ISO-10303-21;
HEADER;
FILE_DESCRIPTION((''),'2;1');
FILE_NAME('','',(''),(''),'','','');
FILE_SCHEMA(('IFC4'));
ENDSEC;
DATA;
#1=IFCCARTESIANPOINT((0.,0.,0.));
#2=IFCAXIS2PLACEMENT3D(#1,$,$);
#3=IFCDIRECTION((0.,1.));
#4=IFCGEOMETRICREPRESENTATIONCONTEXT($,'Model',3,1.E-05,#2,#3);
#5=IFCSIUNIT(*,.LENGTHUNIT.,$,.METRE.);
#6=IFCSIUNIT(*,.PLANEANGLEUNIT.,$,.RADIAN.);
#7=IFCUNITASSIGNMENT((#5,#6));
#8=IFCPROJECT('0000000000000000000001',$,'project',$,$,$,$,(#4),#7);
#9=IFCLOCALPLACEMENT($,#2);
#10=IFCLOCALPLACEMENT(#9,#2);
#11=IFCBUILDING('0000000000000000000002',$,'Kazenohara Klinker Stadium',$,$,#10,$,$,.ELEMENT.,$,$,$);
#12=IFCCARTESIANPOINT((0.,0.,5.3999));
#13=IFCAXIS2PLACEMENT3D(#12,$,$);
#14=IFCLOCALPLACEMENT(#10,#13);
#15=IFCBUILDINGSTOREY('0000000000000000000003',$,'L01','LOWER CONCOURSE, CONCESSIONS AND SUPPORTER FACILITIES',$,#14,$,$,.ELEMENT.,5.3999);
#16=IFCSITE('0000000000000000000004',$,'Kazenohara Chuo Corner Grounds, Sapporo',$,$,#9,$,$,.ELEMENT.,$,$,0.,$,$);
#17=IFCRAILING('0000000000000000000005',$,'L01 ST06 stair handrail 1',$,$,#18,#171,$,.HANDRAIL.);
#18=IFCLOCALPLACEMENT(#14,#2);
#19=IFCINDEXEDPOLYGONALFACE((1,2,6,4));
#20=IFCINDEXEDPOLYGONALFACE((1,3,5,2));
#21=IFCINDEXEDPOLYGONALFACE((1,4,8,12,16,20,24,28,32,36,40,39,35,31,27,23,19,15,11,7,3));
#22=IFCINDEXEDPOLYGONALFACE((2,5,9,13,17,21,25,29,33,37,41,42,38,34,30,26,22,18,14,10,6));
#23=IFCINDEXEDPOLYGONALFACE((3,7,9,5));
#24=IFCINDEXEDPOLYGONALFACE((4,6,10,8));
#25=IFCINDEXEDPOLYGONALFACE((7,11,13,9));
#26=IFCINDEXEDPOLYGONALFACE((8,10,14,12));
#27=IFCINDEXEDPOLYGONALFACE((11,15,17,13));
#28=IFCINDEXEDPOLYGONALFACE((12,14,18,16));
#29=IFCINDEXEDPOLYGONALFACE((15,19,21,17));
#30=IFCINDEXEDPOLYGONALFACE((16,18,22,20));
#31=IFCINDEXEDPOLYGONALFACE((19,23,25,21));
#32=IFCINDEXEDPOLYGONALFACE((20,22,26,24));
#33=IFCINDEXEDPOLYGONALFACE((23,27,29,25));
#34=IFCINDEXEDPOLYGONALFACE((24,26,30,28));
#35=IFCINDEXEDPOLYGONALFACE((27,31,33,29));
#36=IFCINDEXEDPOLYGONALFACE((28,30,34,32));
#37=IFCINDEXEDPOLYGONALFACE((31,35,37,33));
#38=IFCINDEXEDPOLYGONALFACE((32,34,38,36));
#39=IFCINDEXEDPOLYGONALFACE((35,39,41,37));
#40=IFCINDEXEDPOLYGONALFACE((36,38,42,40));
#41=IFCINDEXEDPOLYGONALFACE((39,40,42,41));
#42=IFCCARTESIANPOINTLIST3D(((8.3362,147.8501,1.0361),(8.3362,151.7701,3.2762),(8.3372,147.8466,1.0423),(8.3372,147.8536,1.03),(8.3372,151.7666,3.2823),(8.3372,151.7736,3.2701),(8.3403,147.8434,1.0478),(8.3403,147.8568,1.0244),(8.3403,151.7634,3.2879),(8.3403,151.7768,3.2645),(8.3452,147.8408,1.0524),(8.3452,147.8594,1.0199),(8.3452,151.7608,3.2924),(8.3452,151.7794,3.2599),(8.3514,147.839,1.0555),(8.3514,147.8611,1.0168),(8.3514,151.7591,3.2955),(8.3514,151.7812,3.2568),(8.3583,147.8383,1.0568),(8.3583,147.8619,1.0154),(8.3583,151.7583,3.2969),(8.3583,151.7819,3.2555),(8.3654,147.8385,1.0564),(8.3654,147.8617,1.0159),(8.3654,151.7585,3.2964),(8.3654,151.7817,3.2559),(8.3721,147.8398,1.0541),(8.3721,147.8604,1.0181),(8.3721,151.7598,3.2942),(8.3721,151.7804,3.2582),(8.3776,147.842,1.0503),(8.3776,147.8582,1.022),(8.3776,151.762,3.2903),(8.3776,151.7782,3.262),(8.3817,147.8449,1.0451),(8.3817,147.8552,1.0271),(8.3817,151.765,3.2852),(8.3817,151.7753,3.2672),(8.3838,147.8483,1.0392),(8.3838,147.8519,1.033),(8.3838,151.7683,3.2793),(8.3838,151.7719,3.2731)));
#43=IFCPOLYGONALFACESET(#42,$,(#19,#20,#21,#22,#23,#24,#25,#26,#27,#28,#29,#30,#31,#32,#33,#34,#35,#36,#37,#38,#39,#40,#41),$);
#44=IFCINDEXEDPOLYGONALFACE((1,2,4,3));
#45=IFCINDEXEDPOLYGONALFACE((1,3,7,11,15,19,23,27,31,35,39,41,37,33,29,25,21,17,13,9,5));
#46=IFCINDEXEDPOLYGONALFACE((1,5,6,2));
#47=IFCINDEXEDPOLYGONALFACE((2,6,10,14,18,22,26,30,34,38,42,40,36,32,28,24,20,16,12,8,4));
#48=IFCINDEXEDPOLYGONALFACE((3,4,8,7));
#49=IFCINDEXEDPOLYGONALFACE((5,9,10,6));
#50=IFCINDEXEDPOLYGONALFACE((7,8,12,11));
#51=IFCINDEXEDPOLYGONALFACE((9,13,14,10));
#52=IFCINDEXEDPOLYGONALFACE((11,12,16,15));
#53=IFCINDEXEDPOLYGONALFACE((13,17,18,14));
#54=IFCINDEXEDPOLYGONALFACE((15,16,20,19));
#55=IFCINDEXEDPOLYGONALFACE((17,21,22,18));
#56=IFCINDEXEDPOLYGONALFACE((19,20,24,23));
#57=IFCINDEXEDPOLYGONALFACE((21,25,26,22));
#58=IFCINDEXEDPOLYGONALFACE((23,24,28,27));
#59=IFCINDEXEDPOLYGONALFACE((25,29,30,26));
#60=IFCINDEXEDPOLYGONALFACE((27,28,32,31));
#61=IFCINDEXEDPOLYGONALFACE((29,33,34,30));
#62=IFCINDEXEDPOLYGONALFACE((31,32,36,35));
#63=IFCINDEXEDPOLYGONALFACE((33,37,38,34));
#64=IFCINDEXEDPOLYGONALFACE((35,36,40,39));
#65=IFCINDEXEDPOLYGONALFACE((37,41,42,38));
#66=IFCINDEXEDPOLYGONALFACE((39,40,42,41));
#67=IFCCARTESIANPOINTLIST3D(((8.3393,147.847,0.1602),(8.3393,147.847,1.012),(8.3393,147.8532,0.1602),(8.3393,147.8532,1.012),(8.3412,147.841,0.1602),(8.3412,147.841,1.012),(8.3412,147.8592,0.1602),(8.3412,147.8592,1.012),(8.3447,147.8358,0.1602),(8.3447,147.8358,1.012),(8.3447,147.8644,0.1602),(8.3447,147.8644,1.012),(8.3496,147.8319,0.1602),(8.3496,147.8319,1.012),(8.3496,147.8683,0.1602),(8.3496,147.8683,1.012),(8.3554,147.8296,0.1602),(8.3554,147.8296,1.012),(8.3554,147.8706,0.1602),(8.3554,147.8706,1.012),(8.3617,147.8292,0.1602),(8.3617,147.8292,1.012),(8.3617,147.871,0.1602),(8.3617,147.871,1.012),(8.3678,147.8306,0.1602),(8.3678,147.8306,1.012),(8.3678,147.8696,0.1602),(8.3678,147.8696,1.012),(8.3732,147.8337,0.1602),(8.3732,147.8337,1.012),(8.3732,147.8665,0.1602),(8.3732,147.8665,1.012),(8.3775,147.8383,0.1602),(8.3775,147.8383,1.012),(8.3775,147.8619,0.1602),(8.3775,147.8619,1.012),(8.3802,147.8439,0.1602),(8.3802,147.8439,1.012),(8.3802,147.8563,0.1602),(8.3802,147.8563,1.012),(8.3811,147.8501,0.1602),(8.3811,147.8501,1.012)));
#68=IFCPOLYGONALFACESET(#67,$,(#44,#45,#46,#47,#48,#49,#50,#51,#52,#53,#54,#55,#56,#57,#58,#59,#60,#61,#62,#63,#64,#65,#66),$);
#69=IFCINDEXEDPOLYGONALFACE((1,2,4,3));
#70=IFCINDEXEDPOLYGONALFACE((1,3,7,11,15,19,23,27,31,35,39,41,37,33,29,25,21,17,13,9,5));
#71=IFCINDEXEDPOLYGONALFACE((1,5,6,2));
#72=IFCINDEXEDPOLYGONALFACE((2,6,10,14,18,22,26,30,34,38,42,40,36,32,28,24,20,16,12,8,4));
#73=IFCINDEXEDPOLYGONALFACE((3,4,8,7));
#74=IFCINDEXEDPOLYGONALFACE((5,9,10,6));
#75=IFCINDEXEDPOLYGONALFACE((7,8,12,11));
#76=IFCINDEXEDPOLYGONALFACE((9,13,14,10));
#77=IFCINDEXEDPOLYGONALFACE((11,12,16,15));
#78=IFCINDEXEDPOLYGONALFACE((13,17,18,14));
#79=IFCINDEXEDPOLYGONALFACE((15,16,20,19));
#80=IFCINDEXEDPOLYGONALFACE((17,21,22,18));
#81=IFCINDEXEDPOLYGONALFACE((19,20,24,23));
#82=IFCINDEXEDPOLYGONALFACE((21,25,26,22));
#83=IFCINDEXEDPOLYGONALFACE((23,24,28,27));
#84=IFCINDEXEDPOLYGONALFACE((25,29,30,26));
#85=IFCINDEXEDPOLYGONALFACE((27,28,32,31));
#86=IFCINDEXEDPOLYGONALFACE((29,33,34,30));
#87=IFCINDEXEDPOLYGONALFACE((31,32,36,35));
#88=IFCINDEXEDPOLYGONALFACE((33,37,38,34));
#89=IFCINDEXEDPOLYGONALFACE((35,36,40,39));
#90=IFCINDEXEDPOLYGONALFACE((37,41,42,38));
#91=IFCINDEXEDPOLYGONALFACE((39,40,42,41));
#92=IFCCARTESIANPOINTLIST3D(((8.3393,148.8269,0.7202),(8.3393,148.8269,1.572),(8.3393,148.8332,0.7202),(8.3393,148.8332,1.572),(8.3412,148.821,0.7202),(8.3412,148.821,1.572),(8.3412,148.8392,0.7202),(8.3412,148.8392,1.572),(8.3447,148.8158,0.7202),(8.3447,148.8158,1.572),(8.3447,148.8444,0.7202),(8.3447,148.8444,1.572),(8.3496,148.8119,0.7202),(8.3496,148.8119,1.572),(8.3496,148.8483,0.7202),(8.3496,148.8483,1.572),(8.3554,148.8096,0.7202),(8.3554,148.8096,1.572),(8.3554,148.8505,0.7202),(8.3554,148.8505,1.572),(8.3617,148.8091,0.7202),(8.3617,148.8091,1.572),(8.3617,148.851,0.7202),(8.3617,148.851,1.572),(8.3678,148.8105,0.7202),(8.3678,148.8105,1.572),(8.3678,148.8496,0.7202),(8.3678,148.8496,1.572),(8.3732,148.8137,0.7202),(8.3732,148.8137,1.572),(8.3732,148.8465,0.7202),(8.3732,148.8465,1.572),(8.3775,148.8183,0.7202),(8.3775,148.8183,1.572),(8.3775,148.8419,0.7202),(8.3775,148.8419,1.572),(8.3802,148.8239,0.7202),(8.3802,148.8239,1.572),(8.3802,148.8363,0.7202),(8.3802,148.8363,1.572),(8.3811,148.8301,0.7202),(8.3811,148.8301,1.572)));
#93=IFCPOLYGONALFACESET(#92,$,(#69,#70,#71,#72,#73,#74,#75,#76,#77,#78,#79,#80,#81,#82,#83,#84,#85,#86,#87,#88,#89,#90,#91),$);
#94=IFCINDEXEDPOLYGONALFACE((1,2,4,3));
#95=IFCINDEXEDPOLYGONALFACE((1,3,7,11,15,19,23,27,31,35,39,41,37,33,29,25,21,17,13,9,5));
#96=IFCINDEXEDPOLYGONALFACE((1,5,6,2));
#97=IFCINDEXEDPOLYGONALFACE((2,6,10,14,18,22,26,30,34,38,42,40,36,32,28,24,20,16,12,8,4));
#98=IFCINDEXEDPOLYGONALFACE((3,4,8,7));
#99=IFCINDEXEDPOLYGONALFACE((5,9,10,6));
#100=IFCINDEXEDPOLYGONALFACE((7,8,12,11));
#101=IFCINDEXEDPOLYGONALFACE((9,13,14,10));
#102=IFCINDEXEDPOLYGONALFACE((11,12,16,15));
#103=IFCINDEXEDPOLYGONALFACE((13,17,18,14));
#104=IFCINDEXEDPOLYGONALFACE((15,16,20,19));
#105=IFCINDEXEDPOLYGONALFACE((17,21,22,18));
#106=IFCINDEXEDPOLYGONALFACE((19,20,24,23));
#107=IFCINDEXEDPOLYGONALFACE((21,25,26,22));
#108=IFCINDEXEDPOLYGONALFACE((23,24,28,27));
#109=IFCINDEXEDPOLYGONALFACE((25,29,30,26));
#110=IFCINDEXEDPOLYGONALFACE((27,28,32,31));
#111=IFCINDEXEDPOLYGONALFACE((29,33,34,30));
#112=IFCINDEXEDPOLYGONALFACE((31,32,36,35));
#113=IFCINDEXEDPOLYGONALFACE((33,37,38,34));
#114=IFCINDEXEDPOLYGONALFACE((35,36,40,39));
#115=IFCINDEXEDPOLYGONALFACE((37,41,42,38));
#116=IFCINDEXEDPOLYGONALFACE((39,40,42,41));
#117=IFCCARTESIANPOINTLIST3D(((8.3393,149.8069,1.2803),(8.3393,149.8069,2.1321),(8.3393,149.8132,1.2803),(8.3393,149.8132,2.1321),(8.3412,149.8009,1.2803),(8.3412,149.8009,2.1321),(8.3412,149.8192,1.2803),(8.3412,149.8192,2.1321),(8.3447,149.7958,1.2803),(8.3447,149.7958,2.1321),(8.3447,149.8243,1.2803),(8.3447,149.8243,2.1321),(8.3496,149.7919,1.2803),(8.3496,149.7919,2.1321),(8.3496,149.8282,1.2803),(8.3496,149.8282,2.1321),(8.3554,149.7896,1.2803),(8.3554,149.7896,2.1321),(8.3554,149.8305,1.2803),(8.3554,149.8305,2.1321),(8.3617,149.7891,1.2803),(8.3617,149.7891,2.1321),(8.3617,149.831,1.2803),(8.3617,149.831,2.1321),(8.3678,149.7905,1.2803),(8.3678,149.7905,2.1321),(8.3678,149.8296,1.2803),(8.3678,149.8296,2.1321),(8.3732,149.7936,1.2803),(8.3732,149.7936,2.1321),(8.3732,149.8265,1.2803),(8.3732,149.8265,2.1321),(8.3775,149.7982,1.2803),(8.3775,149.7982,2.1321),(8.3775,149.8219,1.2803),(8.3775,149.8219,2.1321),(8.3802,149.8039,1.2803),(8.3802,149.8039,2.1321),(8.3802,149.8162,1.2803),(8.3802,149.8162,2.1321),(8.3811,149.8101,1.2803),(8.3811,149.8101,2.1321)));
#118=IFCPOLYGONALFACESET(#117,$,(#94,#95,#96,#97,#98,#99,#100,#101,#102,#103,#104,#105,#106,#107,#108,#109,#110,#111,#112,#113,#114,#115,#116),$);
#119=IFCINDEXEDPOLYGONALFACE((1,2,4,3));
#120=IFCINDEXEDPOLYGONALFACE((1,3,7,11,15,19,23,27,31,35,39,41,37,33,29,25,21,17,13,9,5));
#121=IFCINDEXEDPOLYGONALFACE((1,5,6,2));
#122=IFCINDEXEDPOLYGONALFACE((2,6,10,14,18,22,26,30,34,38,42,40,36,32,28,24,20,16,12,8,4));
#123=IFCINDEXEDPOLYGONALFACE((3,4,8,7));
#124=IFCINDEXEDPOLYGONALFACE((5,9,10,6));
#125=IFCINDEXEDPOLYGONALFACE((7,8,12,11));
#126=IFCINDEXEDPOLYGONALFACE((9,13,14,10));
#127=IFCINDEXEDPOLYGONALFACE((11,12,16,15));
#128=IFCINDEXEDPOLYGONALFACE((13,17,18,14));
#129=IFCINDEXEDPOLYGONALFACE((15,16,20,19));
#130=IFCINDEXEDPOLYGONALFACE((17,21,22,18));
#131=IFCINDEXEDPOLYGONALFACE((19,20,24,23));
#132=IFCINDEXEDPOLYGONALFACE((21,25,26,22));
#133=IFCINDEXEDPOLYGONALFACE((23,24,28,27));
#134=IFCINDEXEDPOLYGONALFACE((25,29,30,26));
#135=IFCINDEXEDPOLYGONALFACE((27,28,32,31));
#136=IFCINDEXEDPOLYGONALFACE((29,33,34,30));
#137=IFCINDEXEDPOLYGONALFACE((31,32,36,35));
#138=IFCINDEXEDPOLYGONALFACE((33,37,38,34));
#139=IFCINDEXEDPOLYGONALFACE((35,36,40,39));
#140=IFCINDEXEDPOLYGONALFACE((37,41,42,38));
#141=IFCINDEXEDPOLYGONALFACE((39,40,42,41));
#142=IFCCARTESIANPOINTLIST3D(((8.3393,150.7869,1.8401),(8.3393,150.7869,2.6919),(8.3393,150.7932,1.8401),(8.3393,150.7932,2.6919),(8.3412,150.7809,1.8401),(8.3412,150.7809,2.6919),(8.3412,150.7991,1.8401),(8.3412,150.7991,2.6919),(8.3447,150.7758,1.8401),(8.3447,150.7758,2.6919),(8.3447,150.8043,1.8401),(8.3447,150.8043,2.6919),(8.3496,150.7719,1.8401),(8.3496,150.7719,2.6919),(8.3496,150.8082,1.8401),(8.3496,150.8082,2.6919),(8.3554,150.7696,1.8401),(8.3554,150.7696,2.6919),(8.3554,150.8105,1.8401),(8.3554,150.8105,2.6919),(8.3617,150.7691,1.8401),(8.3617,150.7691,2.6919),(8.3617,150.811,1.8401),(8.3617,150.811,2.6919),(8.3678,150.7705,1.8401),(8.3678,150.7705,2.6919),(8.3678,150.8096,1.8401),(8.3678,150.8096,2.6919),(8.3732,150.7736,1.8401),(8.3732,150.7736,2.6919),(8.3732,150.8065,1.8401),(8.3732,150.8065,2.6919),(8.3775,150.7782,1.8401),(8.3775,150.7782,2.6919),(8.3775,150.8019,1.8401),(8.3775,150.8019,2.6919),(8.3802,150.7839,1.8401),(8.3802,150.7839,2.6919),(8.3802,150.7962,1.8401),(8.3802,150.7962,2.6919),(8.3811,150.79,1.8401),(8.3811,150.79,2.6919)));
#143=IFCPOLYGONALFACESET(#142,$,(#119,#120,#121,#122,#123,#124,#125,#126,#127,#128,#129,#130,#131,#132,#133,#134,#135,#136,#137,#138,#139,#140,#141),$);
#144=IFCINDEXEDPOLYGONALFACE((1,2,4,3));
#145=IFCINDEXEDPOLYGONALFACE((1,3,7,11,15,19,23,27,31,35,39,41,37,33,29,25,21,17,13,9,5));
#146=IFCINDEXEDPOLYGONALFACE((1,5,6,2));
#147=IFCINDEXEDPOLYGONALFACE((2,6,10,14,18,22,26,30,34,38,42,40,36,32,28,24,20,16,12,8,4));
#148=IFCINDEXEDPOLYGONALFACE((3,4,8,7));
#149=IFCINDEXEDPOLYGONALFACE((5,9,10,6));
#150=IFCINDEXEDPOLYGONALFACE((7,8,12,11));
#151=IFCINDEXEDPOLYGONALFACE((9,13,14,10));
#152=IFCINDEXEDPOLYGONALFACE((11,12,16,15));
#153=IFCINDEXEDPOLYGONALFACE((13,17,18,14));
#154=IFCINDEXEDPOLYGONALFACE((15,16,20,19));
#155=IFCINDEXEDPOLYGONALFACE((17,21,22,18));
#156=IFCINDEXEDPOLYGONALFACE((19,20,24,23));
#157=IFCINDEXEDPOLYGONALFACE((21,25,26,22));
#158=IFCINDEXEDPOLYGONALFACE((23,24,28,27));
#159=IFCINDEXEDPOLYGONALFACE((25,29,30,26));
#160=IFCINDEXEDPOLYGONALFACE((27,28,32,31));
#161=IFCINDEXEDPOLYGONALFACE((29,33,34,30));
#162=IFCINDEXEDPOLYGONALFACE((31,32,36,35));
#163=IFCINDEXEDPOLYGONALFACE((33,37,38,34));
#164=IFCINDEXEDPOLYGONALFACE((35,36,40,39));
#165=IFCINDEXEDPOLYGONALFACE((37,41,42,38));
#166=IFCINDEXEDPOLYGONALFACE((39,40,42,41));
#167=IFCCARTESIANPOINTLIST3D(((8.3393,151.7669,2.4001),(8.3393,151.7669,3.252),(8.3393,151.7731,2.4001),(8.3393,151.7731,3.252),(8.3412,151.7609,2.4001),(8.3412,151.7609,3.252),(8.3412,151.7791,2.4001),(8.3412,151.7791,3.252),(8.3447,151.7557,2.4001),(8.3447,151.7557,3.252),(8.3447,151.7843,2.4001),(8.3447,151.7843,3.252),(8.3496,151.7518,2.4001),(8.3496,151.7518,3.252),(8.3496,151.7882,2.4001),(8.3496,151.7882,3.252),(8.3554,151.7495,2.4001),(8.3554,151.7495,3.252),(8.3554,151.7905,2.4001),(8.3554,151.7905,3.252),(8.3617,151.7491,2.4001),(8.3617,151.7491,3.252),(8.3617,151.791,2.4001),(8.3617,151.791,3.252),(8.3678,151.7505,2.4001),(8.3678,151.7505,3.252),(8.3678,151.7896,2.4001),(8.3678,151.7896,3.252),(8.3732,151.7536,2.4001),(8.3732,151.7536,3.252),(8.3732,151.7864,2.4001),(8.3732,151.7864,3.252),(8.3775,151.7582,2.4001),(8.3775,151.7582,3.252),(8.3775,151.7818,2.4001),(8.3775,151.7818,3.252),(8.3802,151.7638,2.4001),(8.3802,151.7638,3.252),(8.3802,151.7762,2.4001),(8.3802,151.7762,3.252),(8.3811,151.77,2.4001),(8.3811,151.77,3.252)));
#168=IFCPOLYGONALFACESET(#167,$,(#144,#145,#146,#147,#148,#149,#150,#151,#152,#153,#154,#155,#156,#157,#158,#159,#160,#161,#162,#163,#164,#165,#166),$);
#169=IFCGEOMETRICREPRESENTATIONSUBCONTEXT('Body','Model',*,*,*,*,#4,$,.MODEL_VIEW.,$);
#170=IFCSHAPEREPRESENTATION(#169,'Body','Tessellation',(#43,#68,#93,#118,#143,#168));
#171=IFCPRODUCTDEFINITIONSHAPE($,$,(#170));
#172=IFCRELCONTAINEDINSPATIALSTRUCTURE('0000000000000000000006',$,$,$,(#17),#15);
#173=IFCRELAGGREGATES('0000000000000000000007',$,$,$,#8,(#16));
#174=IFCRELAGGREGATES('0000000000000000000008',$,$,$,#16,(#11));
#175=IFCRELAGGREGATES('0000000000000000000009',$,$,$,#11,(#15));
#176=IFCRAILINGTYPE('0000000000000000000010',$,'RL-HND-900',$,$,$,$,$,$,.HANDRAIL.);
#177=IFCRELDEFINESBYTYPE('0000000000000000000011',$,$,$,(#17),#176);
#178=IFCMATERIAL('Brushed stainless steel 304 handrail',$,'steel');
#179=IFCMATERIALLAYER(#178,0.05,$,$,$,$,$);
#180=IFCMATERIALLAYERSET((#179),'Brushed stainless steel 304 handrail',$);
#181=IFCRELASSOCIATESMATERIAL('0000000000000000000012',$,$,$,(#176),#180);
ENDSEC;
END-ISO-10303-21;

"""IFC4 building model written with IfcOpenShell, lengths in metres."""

from ifc_helpers import new_model, si_unit, direction, frame, origin, origin_2d, place, context, subcontext, project, spatial, circle, extrude, material, layer, layer_set, type_object, element, save


model = new_model("IFC4")

# Units and contexts
model_context = context("Model", 3, precision=1e-05, world=origin(), true_north=direction((0.0, 1.0)))
body_context = subcontext(model_context, "Body", "Model", "MODEL_VIEW")
ifc_project = project(units=[si_unit("LENGTHUNIT", "METRE"), si_unit("PLANEANGLEUNIT", "RADIAN")], contexts=[model_context])

# Site, building, storey
site_placement = place(None, origin())
site = spatial("IfcSite", under=ifc_project, at=site_placement, Name="Kazenohara Chuo Corner Grounds, Sapporo", CompositionType="ELEMENT", RefElevation=0.0)
building_placement = place(site_placement, origin())
building = spatial("IfcBuilding", under=site, at=building_placement, Name="Kazenohara Klinker Stadium", CompositionType="ELEMENT")
storey_placement = place(building_placement, frame((0.0, 0.0, 5.3999)))
storey = spatial("IfcBuildingStorey", under=building, at=storey_placement, Name="L01", Description="LOWER CONCOURSE, CONCESSIONS AND SUPPORTER FACILITIES", CompositionType="ELEMENT", Elevation=5.3999)

# Railing
ifc_material_1 = material(Name="Brushed stainless steel 304 handrail", Category="steel")
ifc_layer_1 = layer(ifc_material_1, 0.05)
ifc_layer_set_1 = layer_set([ifc_layer_1], Name="Brushed stainless steel 304 handrail")
railing_type_1 = type_object("IfcRailingType", Name="RL-HND-900", PredefinedType="HANDRAIL", material=ifc_layer_set_1)
railing_1_placement = place(storey_placement, frame((8.3601, 147.8501, 0.1602)))
element("IfcRailing", 1, at=railing_1_placement, inside=storey, type_object=railing_type_1, Name="L01 ST06 stair handrail 1", PredefinedType="HANDRAIL", context=body_context, shape_type="SweptSolid", body=[
    extrude(circle(Radius=0.0239, at=origin_2d()), frame((0.0, 0.0, 0.876), z_axis=(0.0, 0.86824, 0.496145), x_axis=(-1.0, 0.0, 0.0)), (0.0, 0.0, 1.0), 4.5149),
    extrude(circle(Radius=0.021, at=origin_2d()), origin(), (0.0, 0.0, 1.0), 0.8518),
    extrude(circle(Radius=0.021, at=origin_2d()), frame((0.0, 0.98, 0.5601)), (0.0, 0.0, 1.0), 0.8518),
    extrude(circle(Radius=0.021, at=origin_2d()), frame((0.0, 1.96, 1.1201)), (0.0, 0.0, 1.0), 0.8518),
    extrude(circle(Radius=0.021, at=origin_2d()), frame((0.0, 2.9399, 1.6799)), (0.0, 0.0, 1.0), 0.8518),
    extrude(circle(Radius=0.021, at=origin_2d()), frame((0.0, 3.9199, 2.24)), (0.0, 0.0, 1.0), 0.8518),
])

save(model, "model.ifc")
